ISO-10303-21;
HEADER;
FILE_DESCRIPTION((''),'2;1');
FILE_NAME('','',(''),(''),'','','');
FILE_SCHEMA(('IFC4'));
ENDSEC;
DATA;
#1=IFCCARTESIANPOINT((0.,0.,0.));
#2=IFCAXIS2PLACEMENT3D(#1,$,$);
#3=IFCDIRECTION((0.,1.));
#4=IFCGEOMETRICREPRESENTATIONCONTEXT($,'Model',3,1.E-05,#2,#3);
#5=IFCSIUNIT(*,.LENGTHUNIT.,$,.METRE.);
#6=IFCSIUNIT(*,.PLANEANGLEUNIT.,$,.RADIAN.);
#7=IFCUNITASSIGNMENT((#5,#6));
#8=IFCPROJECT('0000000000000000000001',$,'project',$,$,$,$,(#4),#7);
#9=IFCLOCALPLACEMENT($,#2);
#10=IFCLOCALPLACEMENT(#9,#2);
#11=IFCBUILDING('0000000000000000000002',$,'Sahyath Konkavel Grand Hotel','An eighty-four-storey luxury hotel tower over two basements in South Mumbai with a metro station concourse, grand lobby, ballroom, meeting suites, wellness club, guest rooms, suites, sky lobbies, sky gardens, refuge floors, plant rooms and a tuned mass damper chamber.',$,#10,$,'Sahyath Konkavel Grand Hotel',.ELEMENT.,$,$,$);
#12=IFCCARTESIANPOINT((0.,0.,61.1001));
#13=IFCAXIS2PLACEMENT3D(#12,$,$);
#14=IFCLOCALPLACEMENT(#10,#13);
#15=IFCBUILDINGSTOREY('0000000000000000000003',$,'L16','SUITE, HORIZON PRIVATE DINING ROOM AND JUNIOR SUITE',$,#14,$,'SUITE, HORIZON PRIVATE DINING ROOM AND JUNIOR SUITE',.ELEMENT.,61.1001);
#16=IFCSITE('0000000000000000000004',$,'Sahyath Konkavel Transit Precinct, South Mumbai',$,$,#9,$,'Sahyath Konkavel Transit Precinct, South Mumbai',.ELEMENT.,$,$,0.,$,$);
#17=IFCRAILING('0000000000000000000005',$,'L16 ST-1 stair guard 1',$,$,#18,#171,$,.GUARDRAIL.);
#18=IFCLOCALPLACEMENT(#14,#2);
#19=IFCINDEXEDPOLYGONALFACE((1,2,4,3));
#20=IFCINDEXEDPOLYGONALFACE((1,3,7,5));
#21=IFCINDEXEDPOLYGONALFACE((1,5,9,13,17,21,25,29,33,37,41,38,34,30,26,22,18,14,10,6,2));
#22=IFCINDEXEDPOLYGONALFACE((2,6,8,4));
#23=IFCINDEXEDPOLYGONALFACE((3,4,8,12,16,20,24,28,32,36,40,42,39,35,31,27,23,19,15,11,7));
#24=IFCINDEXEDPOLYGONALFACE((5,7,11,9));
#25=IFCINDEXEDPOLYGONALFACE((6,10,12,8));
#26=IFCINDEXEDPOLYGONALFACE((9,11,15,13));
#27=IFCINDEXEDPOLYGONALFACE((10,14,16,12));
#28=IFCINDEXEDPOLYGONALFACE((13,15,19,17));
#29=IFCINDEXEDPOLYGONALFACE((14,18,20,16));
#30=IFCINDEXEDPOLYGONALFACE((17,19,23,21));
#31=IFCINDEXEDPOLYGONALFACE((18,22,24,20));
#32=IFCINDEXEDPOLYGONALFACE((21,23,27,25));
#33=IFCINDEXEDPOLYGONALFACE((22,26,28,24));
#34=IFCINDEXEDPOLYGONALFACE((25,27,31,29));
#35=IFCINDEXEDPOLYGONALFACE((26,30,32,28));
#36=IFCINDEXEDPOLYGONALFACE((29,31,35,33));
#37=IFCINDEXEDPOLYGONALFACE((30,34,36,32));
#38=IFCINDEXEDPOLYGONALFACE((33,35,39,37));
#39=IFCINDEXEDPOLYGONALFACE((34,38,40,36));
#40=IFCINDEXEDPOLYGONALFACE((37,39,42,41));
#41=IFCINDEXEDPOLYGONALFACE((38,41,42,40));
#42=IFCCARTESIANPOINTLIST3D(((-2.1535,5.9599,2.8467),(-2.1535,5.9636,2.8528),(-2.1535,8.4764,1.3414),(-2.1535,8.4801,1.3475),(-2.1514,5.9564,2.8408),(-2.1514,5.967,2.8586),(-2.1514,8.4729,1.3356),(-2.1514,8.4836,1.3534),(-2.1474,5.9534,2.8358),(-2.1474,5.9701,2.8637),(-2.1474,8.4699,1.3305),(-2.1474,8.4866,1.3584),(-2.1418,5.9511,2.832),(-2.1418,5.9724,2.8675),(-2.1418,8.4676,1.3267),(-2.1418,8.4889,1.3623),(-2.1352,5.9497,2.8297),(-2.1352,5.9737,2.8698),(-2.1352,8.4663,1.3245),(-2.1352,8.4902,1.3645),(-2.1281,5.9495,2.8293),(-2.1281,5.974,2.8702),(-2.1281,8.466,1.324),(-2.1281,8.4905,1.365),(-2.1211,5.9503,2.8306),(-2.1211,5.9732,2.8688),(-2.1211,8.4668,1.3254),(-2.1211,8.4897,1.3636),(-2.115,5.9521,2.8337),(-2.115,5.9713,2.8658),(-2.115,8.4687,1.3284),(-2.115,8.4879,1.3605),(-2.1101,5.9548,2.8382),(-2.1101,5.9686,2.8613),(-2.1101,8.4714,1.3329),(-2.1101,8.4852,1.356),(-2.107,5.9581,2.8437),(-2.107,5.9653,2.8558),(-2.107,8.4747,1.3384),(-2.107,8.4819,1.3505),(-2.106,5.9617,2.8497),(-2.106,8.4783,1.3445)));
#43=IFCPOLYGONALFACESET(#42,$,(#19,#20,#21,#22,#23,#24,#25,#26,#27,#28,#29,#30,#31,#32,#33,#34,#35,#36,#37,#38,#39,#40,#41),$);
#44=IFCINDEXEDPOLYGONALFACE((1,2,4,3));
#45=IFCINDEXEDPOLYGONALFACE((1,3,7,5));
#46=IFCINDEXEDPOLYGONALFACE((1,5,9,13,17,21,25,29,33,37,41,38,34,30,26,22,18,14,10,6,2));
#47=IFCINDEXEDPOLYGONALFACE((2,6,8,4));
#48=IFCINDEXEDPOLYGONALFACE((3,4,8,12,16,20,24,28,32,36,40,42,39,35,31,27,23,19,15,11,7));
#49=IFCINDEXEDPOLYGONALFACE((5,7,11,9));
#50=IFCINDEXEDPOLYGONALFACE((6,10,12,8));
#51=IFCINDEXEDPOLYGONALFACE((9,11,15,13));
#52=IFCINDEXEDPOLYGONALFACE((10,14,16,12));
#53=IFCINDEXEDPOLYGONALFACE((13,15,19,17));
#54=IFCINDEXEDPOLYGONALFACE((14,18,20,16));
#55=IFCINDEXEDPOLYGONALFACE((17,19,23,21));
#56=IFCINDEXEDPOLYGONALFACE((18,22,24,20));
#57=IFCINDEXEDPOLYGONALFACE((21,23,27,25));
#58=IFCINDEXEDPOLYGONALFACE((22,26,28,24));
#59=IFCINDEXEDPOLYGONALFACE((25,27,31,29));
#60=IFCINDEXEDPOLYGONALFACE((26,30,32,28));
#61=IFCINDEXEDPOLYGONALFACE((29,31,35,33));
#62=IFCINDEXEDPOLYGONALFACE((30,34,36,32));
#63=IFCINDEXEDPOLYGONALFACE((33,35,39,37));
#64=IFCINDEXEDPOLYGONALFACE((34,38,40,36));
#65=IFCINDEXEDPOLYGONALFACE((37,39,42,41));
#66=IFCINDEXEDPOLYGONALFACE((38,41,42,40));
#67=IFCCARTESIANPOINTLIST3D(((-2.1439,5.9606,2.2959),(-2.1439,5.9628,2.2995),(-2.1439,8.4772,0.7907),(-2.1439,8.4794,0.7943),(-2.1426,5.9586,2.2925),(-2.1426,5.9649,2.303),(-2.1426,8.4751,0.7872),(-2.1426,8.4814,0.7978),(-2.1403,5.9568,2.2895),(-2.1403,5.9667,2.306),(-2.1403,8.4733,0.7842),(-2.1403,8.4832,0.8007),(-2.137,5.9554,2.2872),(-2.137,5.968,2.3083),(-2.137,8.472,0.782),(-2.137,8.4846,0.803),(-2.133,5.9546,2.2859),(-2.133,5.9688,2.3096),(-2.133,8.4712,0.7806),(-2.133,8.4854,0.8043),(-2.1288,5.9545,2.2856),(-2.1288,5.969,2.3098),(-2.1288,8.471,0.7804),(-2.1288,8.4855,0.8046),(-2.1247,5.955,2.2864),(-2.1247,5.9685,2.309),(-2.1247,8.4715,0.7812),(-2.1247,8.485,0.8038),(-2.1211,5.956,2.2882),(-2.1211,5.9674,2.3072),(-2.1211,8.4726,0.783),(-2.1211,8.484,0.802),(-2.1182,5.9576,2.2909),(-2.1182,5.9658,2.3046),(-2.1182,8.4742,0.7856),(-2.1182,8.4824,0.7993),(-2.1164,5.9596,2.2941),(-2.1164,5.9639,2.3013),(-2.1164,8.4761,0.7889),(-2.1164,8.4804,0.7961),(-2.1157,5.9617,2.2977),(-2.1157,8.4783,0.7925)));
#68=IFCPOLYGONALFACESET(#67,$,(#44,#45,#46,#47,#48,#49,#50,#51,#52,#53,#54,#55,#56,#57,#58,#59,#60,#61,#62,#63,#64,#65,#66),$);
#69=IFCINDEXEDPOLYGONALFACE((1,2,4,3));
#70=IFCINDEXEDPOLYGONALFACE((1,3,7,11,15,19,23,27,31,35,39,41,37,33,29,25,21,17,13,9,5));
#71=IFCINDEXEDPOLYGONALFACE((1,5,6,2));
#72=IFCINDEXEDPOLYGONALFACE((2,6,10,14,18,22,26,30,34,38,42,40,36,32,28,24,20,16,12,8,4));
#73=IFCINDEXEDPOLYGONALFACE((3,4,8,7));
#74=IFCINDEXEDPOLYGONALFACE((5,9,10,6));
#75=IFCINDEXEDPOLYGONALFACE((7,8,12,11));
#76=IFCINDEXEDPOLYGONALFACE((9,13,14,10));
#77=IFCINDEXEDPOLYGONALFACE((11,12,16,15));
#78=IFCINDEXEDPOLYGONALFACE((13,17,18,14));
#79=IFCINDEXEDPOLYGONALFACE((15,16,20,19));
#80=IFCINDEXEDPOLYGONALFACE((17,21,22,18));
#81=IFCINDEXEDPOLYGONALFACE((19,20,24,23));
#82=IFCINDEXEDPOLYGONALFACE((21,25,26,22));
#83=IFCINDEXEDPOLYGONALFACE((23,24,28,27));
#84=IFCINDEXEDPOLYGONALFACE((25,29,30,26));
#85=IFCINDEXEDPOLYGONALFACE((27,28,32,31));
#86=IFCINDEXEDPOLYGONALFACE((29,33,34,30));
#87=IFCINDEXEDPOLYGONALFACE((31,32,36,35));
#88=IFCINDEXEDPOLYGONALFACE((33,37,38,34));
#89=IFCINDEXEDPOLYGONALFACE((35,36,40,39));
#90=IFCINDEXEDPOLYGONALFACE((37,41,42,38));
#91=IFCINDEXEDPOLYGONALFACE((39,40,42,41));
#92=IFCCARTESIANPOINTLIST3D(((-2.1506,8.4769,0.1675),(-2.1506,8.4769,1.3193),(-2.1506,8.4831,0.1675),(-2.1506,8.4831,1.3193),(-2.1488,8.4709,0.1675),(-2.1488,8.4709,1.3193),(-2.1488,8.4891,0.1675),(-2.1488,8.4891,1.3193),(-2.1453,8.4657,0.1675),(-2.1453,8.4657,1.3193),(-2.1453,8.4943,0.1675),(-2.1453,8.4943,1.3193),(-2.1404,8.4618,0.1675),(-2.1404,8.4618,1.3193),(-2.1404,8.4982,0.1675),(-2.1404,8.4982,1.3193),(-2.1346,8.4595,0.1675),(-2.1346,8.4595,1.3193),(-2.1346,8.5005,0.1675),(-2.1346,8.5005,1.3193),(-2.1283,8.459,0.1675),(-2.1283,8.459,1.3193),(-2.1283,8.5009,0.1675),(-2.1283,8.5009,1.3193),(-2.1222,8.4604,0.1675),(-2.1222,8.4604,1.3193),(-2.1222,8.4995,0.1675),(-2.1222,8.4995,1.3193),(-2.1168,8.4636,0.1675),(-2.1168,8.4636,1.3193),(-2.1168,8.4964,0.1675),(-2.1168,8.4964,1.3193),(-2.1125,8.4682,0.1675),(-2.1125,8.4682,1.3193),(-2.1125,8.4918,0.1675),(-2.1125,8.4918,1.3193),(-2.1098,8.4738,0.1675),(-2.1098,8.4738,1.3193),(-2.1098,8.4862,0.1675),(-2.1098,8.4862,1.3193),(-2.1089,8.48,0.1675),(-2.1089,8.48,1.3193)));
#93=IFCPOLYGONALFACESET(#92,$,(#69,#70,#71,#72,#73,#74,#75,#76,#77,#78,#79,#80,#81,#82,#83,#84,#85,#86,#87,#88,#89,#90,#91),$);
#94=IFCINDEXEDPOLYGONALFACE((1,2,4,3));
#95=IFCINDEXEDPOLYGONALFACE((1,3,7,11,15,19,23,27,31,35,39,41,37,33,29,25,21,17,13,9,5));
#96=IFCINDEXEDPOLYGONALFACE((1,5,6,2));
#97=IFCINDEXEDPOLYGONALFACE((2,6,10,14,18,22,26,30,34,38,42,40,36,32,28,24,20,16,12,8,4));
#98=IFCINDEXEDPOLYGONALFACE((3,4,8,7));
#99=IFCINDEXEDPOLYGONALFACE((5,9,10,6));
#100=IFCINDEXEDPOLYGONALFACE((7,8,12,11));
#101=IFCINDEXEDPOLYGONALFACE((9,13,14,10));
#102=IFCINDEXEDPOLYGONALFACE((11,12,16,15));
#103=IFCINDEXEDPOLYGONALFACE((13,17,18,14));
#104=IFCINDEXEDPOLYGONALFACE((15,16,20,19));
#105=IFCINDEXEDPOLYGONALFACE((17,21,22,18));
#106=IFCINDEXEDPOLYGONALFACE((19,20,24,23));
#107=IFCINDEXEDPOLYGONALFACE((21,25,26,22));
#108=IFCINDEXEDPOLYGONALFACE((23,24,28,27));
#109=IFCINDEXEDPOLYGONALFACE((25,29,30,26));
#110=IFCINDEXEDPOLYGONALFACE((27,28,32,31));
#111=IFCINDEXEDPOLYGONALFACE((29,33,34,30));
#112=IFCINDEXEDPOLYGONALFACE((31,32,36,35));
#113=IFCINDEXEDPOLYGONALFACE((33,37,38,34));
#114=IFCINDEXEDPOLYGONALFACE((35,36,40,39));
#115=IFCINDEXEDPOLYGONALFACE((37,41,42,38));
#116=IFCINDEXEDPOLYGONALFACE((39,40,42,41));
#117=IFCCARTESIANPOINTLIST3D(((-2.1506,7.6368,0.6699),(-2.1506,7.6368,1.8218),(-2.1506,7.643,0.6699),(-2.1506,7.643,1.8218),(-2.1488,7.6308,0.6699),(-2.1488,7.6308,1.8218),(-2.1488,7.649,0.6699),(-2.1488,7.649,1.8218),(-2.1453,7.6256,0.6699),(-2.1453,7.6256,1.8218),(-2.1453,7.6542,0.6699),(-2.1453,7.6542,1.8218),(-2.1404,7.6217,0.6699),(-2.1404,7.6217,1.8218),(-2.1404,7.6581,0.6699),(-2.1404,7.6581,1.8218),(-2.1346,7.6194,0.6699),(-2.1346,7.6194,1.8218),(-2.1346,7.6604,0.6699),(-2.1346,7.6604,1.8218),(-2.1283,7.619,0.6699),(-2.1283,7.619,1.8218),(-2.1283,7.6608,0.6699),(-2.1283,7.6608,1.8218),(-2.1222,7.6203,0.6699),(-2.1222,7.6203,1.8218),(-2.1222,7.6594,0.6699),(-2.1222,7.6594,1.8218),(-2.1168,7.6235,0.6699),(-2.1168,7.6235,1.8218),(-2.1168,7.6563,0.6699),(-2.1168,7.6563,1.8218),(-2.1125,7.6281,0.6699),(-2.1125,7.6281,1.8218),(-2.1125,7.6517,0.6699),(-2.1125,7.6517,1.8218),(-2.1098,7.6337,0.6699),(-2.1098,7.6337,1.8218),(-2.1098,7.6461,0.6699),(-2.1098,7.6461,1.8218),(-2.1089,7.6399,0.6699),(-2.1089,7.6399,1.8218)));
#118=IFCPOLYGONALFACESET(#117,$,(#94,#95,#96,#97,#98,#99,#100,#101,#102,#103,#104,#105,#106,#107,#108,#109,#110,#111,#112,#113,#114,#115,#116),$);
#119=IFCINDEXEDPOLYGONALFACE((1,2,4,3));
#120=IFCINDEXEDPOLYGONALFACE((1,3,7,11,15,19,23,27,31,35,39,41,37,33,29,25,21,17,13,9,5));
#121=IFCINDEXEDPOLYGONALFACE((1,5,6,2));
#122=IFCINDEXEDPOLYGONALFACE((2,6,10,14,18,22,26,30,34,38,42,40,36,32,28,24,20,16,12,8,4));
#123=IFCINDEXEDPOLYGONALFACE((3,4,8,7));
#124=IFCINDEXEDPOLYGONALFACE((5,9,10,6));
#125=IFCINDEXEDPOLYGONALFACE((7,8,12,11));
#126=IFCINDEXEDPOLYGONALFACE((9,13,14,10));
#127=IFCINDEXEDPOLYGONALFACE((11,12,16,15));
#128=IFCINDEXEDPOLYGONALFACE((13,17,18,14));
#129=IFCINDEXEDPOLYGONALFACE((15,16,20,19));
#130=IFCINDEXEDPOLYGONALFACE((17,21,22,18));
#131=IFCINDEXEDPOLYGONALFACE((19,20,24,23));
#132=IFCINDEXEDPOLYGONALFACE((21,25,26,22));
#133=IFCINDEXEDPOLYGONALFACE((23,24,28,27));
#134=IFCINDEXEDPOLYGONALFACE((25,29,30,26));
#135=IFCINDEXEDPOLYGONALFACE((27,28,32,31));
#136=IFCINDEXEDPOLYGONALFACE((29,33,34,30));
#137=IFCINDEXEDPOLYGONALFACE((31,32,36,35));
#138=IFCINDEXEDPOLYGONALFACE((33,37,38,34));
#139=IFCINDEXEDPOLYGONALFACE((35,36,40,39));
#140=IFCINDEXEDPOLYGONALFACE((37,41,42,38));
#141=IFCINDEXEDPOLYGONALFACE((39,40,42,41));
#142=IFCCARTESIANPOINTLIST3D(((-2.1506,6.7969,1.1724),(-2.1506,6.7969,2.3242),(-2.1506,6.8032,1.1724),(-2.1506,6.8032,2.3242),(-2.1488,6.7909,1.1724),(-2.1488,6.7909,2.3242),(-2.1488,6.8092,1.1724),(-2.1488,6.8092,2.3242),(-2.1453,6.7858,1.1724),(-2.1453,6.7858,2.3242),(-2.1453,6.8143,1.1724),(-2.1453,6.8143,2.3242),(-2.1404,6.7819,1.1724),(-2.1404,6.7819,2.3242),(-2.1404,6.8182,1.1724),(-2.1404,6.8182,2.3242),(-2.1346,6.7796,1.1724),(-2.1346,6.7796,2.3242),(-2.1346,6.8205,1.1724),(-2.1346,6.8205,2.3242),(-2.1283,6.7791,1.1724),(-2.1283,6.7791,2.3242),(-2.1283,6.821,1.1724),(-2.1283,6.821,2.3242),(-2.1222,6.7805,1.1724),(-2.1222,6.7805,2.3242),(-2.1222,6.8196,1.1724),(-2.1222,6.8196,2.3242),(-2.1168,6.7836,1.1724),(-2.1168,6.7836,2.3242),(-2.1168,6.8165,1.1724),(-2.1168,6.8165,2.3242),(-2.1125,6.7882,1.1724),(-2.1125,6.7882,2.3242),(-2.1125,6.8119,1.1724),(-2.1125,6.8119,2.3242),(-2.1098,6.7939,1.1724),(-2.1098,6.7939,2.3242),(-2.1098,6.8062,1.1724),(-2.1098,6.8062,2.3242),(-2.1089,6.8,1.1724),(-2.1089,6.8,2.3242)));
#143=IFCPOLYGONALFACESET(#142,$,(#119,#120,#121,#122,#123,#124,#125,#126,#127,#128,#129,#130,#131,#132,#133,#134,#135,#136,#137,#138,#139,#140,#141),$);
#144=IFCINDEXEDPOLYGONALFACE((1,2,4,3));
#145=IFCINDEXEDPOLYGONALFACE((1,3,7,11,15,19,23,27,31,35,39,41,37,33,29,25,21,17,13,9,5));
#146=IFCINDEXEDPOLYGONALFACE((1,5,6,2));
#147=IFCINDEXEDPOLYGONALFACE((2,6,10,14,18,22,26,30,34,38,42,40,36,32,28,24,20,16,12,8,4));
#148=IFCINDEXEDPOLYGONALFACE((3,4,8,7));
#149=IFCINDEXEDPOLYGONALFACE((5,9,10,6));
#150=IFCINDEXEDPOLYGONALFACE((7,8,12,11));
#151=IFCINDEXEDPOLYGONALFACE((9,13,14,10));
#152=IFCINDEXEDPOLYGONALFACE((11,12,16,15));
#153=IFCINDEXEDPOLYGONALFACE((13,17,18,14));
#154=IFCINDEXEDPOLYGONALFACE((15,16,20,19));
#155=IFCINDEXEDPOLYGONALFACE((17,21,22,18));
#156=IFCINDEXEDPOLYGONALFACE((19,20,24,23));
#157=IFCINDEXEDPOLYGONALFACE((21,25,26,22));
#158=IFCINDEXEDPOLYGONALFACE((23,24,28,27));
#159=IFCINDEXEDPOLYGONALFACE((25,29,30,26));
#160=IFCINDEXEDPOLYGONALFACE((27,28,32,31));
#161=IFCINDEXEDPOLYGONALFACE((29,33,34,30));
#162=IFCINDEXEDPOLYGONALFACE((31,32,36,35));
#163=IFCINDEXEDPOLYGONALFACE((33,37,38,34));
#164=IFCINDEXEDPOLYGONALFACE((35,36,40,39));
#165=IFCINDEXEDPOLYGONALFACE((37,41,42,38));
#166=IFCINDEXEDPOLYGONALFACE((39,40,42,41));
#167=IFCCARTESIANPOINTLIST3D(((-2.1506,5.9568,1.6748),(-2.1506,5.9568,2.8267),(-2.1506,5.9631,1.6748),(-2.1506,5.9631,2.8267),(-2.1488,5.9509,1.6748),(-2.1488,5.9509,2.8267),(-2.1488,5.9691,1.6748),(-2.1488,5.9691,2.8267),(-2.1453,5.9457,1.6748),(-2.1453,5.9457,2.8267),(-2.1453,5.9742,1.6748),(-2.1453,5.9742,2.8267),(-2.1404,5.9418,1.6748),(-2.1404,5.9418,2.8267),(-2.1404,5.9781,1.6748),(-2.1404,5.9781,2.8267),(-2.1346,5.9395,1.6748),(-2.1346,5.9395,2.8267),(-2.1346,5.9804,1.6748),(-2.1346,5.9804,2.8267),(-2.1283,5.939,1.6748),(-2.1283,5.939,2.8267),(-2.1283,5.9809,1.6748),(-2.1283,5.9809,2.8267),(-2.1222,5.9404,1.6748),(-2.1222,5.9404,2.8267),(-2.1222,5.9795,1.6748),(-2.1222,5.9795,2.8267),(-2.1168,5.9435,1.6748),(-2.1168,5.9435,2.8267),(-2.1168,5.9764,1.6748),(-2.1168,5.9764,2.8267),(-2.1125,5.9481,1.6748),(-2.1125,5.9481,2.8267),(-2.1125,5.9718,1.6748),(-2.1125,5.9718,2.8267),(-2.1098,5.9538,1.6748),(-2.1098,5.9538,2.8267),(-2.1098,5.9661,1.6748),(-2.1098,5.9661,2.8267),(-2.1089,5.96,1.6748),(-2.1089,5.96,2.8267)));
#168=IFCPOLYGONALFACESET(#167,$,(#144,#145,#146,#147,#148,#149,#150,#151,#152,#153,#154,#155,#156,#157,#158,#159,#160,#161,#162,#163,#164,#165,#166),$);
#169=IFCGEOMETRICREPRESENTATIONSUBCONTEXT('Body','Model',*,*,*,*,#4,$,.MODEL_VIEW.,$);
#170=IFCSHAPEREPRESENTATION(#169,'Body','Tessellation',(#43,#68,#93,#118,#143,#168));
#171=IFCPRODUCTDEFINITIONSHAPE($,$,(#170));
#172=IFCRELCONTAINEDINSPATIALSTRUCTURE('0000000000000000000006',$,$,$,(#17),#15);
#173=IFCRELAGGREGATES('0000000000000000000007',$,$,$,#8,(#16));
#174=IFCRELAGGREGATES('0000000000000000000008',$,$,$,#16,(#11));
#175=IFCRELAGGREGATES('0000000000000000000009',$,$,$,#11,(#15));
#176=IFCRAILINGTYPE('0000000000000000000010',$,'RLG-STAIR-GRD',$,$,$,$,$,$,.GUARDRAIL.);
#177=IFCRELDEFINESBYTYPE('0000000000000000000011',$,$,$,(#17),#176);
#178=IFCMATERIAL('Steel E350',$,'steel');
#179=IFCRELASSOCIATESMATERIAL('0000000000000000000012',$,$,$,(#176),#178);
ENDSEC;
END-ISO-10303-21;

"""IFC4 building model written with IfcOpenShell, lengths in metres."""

from ifc_helpers import new_model, si_unit, direction, frame, origin, origin_2d, place, context, subcontext, project, spatial, circle, extrude, material, type_object, element, save


model = new_model("IFC4")

# Units and contexts
model_context = context("Model", 3, precision=1e-05, world=origin(), true_north=direction((0.0, 1.0)))
body_context = subcontext(model_context, "Body", "Model", "MODEL_VIEW")
ifc_project = project(units=[si_unit("LENGTHUNIT", "METRE"), si_unit("PLANEANGLEUNIT", "RADIAN")], contexts=[model_context])

# Site, building, storey
site_placement = place(None, origin())
site = spatial("IfcSite", under=ifc_project, at=site_placement, Name="Sahyath Konkavel Transit Precinct, South Mumbai", LongName="Sahyath Konkavel Transit Precinct, South Mumbai", CompositionType="ELEMENT", RefElevation=0.0)
building_placement = place(site_placement, origin())
building = spatial("IfcBuilding", under=site, at=building_placement, Name="Sahyath Konkavel Grand Hotel", Description="An eighty-four-storey luxury hotel tower over two basements in South Mumbai with a metro station concourse, grand lobby, ballroom, meeting suites, wellness club, guest rooms, suites, sky lobbies, sky gardens, refuge floors, plant rooms and a tuned mass damper chamber.", LongName="Sahyath Konkavel Grand Hotel", CompositionType="ELEMENT")
storey_placement = place(building_placement, frame((0.0, 0.0, 61.1001)))
storey = spatial("IfcBuildingStorey", under=building, at=storey_placement, Name="L16", Description="SUITE, HORIZON PRIVATE DINING ROOM AND JUNIOR SUITE", LongName="SUITE, HORIZON PRIVATE DINING ROOM AND JUNIOR SUITE", CompositionType="ELEMENT", Elevation=61.1001)

# Shared definitions
ifc_material_1 = material(Name="Steel E350", Category="steel")

# Railing
railing_type_1 = type_object("IfcRailingType", Name="RLG-STAIR-GRD", PredefinedType="GUARDRAIL", material=ifc_material_1)
railing_1_placement = place(storey_placement, frame((-2.1299, 8.48, 0.1675)))
element("IfcRailing", 1, at=railing_1_placement, inside=storey, type_object=railing_type_1, Name="L16 ST-1 stair guard 1", PredefinedType="GUARDRAIL", context=body_context, shape_type="SweptSolid", body=[
    extrude(circle(Radius=0.0239, at=origin_2d()), frame((0.0, -0.0017, 1.177), z_axis=(0.0, -0.858196, 0.513321), x_axis=(1.0, 0.0, 0.0)), (0.0, 0.0, 1.0), 2.9324),
    extrude(circle(Radius=0.0142, at=origin_2d()), frame((0.0, -0.0017, 0.625), z_axis=(0.0, -0.858196, 0.513321), x_axis=(1.0, 0.0, 0.0)), (0.0, 0.0, 1.0), 2.9324),
    extrude(circle(Radius=0.021, at=origin_2d()), origin(), (0.0, 0.0, 1.0), 1.1519),
    extrude(circle(Radius=0.021, at=origin_2d()), frame((0.0, -0.8401, 0.5024)), (0.0, 0.0, 1.0), 1.1519),
    extrude(circle(Radius=0.021, at=origin_2d()), frame((0.0, -1.6799, 1.0049)), (0.0, 0.0, 1.0), 1.1519),
    extrude(circle(Radius=0.021, at=origin_2d()), frame((0.0, -2.52, 1.5073)), (0.0, 0.0, 1.0), 1.1519),
])

save(model, "model.ifc")
